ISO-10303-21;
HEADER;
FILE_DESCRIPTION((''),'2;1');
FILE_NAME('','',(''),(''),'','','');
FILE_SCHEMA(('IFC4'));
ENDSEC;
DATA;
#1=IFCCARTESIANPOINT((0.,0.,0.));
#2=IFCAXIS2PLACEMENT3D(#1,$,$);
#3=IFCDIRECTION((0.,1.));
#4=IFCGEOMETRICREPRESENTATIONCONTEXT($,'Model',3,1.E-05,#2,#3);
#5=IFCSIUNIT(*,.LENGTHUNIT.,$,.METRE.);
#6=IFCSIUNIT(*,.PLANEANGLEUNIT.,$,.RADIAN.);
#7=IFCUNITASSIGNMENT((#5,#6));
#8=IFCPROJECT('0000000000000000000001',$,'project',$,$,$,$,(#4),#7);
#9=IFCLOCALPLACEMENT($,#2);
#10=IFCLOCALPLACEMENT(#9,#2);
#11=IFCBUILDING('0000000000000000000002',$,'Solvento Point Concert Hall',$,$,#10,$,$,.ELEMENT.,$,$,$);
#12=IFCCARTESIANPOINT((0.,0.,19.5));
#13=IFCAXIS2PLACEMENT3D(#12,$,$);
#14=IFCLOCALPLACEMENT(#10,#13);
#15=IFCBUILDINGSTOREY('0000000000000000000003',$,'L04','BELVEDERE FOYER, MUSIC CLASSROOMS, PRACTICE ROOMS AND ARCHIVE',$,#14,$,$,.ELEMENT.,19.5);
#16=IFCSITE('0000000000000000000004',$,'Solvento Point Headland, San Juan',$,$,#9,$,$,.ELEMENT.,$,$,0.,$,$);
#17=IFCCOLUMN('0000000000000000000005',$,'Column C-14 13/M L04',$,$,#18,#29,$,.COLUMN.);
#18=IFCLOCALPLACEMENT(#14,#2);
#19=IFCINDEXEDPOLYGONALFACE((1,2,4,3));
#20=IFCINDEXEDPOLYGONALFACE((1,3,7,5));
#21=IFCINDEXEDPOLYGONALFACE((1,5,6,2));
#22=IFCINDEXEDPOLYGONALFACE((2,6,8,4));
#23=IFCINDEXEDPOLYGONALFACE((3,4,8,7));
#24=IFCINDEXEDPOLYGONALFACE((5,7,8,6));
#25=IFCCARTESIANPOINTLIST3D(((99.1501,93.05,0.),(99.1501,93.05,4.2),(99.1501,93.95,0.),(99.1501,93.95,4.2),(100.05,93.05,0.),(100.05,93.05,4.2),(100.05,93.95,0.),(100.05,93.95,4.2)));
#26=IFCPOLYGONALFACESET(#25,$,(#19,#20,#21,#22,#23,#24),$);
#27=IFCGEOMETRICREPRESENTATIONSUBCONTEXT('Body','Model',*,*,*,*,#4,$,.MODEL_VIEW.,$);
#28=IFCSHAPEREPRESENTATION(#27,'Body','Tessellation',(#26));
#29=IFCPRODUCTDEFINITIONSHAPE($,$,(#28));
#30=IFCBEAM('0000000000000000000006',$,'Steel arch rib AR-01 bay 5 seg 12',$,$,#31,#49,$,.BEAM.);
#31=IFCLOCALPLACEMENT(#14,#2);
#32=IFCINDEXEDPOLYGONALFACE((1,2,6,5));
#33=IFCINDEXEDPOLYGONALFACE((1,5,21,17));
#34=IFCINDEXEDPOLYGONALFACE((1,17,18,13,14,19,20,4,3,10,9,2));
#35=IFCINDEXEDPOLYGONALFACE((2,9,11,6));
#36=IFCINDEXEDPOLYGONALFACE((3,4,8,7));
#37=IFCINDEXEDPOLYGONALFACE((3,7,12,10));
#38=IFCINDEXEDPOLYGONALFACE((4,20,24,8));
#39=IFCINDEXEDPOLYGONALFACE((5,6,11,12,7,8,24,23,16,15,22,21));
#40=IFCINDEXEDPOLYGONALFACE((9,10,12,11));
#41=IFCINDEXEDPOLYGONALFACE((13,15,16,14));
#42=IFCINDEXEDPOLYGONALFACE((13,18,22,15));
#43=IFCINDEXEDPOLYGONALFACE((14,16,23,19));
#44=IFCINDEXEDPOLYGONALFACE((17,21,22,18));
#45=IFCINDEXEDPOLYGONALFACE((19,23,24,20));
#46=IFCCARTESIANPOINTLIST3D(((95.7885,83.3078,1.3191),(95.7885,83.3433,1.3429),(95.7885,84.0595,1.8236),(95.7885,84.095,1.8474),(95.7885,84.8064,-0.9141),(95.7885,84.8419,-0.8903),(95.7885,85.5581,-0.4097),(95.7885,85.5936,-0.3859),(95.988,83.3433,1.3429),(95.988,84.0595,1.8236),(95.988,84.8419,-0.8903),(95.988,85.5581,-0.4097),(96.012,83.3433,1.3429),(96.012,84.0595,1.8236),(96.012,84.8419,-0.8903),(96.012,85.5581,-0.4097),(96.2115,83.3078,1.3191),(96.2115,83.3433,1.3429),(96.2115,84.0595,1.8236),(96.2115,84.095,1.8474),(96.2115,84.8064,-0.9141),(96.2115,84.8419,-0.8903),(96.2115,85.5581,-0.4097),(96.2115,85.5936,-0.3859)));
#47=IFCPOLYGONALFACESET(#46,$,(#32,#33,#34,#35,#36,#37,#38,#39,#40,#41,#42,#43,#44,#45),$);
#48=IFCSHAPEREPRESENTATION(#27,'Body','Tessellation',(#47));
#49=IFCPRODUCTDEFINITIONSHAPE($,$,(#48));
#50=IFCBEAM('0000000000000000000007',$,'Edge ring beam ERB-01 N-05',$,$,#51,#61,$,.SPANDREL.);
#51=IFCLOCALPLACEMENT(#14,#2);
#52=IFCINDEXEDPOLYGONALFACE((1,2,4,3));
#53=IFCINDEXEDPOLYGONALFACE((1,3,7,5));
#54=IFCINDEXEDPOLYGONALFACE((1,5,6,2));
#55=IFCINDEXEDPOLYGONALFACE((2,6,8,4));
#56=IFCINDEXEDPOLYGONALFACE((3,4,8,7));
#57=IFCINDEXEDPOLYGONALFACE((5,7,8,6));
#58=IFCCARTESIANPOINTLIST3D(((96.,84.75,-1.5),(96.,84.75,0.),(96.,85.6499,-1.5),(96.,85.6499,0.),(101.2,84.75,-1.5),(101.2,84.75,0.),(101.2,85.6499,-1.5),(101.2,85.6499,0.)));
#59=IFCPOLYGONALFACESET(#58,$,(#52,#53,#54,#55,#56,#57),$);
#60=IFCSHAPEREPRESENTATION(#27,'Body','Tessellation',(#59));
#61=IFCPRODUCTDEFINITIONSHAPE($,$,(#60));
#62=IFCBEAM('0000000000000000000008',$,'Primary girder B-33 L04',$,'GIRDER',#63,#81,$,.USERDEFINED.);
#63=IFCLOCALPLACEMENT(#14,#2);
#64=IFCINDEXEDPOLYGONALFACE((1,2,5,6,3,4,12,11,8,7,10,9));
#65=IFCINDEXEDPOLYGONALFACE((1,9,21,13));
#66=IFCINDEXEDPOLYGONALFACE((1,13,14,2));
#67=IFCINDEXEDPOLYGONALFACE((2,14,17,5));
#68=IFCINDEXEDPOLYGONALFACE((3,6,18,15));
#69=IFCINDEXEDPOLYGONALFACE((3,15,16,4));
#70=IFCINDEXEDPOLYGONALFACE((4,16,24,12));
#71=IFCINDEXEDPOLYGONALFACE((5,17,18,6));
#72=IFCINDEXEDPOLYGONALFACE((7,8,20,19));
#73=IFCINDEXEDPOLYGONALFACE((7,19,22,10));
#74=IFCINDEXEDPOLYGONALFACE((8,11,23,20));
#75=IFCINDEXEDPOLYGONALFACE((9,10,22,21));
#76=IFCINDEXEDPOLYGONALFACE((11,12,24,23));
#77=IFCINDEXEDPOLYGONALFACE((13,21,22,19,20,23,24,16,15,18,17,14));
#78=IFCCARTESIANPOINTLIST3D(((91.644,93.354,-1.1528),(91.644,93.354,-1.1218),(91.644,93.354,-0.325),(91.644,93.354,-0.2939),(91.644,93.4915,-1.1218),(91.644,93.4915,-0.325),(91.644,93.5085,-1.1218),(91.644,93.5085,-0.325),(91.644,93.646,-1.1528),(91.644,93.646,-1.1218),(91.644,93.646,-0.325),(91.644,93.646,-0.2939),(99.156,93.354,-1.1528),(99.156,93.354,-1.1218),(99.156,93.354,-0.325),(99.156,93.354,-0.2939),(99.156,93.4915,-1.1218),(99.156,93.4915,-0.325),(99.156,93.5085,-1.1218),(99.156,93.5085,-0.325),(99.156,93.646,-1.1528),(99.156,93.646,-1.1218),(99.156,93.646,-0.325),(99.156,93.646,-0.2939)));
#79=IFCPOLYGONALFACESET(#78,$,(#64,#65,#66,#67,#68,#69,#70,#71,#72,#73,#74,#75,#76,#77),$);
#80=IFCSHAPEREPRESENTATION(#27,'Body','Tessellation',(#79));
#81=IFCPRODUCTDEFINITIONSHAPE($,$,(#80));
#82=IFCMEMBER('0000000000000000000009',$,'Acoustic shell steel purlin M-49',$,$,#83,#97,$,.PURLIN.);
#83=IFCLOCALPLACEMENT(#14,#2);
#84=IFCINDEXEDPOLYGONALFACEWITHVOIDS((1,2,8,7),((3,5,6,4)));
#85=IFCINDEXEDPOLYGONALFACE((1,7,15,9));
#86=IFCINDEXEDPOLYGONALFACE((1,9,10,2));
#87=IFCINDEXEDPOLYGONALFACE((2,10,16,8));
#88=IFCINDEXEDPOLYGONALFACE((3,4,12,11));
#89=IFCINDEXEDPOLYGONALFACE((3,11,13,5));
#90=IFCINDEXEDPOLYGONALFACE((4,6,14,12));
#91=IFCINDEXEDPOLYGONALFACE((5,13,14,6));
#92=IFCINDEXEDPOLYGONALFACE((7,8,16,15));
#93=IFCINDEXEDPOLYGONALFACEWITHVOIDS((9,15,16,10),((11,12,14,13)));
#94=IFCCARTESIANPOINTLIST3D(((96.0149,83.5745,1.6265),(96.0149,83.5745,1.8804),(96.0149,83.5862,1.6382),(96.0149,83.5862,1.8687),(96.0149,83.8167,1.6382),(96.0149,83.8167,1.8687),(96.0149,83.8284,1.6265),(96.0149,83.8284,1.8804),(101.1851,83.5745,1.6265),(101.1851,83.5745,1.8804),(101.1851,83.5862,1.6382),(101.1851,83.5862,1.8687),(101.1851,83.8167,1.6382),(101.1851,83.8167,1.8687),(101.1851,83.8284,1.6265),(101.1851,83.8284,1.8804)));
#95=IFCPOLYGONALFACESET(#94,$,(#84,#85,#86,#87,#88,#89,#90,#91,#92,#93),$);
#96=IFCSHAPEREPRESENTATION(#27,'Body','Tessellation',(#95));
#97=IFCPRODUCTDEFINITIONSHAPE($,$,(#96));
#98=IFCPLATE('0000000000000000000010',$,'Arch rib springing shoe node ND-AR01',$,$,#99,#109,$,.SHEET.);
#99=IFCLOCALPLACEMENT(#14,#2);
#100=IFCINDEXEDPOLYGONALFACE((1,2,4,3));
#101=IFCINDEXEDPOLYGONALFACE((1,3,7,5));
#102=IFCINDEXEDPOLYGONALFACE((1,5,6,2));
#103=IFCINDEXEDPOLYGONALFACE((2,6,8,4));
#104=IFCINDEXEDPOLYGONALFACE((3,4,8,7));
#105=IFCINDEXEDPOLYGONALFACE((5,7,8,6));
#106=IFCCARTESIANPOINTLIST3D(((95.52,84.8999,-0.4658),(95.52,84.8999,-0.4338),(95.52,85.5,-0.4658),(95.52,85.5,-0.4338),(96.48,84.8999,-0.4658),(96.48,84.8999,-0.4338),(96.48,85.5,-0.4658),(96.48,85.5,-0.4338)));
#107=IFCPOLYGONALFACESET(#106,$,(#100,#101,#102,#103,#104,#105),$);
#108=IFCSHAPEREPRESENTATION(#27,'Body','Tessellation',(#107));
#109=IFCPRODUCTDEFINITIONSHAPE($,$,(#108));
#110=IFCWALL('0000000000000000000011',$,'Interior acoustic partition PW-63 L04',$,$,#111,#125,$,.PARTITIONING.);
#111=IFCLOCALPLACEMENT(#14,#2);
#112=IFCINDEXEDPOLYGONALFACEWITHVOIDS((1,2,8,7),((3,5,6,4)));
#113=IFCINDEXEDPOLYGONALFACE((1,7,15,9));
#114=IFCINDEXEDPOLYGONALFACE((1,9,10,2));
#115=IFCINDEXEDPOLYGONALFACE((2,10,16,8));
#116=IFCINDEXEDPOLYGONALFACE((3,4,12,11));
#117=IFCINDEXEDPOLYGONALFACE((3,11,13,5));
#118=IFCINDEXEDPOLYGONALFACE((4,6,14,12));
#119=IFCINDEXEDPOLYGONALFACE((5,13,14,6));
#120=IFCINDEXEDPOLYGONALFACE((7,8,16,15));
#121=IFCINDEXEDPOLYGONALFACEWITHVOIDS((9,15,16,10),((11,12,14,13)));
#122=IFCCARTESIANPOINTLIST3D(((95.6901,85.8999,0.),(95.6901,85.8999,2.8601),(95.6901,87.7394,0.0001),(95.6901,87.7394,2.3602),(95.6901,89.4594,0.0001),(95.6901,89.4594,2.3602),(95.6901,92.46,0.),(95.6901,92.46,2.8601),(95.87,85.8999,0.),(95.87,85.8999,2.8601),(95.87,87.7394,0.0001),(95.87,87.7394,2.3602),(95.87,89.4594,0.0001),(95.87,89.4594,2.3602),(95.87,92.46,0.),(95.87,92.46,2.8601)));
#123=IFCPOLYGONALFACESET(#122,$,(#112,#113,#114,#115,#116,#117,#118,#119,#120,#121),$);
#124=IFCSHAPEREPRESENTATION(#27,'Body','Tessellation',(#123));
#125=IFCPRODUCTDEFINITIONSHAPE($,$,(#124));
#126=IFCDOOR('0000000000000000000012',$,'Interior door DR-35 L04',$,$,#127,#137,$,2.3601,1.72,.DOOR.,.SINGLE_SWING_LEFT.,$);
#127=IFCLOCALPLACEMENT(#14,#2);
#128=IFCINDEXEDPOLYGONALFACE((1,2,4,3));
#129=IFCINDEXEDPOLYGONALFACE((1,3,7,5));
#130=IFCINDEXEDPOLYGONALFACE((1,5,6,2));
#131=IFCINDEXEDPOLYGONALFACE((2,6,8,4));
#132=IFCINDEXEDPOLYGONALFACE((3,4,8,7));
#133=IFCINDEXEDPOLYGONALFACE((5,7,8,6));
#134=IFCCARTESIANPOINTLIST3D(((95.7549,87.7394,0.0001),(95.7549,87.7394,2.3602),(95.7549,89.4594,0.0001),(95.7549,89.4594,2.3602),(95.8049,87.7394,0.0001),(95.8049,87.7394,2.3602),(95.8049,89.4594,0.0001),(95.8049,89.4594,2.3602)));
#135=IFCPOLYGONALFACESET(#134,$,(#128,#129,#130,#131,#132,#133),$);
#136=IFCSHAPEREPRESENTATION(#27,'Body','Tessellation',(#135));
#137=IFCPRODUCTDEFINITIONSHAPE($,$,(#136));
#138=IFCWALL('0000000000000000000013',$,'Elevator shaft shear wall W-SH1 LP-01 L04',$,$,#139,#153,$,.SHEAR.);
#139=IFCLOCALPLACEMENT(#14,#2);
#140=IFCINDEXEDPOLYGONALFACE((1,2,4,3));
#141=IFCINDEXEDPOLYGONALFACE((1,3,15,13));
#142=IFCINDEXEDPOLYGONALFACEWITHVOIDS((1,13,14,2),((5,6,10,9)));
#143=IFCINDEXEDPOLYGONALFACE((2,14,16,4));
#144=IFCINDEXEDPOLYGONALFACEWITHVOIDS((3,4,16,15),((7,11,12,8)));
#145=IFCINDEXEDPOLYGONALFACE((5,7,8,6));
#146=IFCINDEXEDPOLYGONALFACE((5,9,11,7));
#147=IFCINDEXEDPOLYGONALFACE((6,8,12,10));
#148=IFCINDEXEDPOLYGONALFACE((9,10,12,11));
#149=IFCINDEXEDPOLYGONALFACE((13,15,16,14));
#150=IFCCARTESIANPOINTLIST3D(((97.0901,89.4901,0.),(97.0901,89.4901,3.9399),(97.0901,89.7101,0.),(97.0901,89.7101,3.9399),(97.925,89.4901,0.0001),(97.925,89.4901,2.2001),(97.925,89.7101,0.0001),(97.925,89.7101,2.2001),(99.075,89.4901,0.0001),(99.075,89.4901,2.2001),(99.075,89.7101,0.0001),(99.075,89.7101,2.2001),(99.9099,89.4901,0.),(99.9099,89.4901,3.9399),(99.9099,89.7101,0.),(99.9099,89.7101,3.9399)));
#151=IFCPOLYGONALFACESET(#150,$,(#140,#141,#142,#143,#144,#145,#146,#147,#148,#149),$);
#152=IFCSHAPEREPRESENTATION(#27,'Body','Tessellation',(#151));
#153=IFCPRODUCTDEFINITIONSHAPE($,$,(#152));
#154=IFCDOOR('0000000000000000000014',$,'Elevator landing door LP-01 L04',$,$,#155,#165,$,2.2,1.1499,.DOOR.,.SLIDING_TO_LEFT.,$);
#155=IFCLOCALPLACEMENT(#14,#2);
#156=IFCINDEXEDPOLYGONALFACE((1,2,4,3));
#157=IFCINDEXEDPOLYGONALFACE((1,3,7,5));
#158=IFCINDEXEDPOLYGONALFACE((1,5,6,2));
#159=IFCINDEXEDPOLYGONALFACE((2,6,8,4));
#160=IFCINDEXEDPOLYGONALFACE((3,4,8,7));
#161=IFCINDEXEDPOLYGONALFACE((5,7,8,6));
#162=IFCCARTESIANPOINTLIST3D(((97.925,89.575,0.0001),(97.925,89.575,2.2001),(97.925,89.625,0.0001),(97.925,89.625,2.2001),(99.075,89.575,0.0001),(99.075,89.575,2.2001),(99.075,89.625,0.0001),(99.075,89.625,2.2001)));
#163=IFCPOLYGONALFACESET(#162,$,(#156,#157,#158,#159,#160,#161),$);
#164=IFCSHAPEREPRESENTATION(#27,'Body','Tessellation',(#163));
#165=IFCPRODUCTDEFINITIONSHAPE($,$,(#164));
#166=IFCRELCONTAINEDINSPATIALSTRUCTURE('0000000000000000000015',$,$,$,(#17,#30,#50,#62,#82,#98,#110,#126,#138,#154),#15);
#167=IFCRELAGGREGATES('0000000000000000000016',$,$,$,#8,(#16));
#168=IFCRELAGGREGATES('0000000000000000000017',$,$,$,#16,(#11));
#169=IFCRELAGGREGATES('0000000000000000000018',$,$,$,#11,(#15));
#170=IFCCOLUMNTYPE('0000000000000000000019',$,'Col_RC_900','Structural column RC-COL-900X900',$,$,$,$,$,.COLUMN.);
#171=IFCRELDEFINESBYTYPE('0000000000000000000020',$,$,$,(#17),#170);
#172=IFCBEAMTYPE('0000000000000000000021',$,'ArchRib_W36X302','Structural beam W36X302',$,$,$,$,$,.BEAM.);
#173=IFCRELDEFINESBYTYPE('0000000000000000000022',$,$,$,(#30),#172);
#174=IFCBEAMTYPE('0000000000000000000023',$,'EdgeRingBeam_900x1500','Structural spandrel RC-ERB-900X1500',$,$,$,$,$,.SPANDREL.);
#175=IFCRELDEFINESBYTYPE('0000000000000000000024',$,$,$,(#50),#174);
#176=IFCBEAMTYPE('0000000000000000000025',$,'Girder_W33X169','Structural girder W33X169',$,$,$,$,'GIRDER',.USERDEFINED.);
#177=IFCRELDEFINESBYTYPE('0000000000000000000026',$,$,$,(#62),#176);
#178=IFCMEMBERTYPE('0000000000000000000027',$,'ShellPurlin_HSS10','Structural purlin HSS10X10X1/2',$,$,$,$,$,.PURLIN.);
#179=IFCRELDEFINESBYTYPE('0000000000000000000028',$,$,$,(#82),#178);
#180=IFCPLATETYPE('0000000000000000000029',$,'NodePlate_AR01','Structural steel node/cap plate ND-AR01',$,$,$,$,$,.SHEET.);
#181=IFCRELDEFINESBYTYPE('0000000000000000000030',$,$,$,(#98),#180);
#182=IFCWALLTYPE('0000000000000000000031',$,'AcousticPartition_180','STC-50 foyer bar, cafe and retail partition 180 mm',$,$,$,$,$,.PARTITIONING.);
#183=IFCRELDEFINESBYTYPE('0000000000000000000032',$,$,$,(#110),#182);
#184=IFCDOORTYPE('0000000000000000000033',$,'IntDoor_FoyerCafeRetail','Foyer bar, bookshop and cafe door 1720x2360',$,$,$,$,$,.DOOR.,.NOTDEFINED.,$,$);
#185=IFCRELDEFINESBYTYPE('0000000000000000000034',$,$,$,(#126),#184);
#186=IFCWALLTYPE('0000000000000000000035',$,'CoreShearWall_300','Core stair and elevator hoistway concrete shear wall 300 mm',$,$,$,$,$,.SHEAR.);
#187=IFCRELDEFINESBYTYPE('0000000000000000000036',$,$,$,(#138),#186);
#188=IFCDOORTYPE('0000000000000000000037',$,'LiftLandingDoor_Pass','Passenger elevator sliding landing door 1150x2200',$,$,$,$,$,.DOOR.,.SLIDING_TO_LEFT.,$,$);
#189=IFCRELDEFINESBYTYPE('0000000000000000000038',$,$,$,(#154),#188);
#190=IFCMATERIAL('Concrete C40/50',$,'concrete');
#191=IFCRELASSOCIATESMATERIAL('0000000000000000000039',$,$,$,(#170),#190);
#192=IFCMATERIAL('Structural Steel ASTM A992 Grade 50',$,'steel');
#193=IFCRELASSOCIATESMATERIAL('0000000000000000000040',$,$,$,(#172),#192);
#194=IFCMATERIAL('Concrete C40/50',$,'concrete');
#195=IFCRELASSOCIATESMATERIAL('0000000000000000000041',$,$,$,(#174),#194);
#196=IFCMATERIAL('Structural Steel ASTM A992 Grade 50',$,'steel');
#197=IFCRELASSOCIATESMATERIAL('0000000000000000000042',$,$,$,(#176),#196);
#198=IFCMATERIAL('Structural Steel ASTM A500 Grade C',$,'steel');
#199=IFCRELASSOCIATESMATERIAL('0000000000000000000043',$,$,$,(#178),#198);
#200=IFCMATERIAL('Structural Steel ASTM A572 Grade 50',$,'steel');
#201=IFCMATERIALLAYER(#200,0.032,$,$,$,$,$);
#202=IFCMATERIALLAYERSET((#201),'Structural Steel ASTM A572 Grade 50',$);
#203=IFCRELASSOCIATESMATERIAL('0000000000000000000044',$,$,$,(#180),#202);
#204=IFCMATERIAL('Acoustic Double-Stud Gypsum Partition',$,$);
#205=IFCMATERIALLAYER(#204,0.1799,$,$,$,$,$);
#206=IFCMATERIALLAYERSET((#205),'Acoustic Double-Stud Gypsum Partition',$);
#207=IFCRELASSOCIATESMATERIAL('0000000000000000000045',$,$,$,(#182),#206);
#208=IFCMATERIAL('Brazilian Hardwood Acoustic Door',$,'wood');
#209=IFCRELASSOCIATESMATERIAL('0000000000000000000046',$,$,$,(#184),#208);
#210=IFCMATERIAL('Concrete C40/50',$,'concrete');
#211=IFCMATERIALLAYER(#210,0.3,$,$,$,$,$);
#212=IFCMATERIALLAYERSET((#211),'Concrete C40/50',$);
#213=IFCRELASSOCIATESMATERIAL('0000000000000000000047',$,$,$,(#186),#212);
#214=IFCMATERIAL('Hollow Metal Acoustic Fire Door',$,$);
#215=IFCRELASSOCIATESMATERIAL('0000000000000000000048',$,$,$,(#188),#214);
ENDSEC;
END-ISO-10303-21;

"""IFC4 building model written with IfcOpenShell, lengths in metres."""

from ifc_helpers import new_model, si_unit, direction, frame, frame_2d, origin, origin_2d, place, context, subcontext, project, spatial, rectangle, hollow_rectangle, i_section, extrude, material, layer, layer_set, material_profile, profile_set, type_object, element, fill, save


model = new_model("IFC4")

# Units and contexts
model_context = context("Model", 3, precision=1e-05, world=origin(), true_north=direction((0.0, 1.0)))
body_context = subcontext(model_context, "Body", "Model", "MODEL_VIEW")
ifc_project = project(units=[si_unit("LENGTHUNIT", "METRE"), si_unit("PLANEANGLEUNIT", "RADIAN")], contexts=[model_context])

# Site, building, storey
site_placement = place(None, origin())
site = spatial("IfcSite", under=ifc_project, at=site_placement, Name="Solvento Point Headland, San Juan", CompositionType="ELEMENT", RefElevation=0.0)
building_placement = place(site_placement, origin())
building = spatial("IfcBuilding", under=site, at=building_placement, Name="Solvento Point Concert Hall", CompositionType="ELEMENT")
storey_placement = place(building_placement, frame((0.0, 0.0, 19.5)))
storey = spatial("IfcBuildingStorey", under=building, at=storey_placement, Name="L04", Description="BELVEDERE FOYER, MUSIC CLASSROOMS, PRACTICE ROOMS AND ARCHIVE", CompositionType="ELEMENT", Elevation=19.5)

# Column
ifc_material_1 = material(Name="Concrete C40/50", Category="concrete")
ifc_material_profile_1 = material_profile(ifc_material_1, rectangle(XDim=0.8999, YDim=0.8999, at=origin_2d()), Name="RC-COL-900X900")
ifc_profile_set_1 = profile_set([ifc_material_profile_1], Name="Concrete C40/50")
column_type = type_object("IfcColumnType", Name="Col_RC_900", Description="Structural column RC-COL-900X900", PredefinedType="COLUMN", material=ifc_profile_set_1)
column_placement = place(storey_placement, frame((99.6001, 93.5, 0.0), z_axis=(0.0, 0.0, 1.0), x_axis=(1.0, 0.0, 0.0)))
element("IfcColumn", 1, at=column_placement, inside=storey, type_object=column_type, Name="Column C-14 13/M L04", PredefinedType="COLUMN", context=body_context, shape_type="SweptSolid", body=[
    extrude(rectangle(XDim=0.8999, YDim=0.8999, at=origin_2d()), origin(), (0.0, 0.0, 1.0), 4.2),
])

# Beams
ifc_material_2 = material(Name="Structural Steel ASTM A992 Grade 50", Category="steel")
ifc_material_profile_2 = material_profile(ifc_material_2, i_section(OverallWidth=0.4231, OverallDepth=0.948, WebThickness=0.0239, FlangeThickness=0.0427, at=origin_2d()), Name="W36X302")
ifc_profile_set_2 = profile_set([ifc_material_profile_2], Name="Structural Steel ASTM A992 Grade 50")
beam_type_1 = type_object("IfcBeamType", Name="ArchRib_W36X302", Description="Structural beam W36X302", PredefinedType="BEAM", material=ifc_profile_set_2)
beam_1_placement = place(storey_placement, frame((96.0, 83.7014, 1.5833), z_axis=(0.0, 0.557212, -0.830371), x_axis=(-1.0, 0.0, 0.0)))
element("IfcBeam", 2, at=beam_1_placement, inside=storey, type_object=beam_type_1, Name="Steel arch rib AR-01 bay 5 seg 12", PredefinedType="BEAM", context=body_context, shape_type="SweptSolid", body=[
    extrude(i_section(OverallWidth=0.4231, OverallDepth=0.948, WebThickness=0.0239, FlangeThickness=0.0427, at=origin_2d()), origin(), (0.0, 0.0, 1.0), 2.6895),
])
ifc_material_3 = material(Name="Concrete C40/50", Category="concrete")
ifc_material_profile_3 = material_profile(ifc_material_3, rectangle(XDim=0.8999, YDim=1.5, at=origin_2d()), Name="RC-ERB-900X1500")
ifc_profile_set_3 = profile_set([ifc_material_profile_3], Name="Concrete C40/50")
beam_type_2 = type_object("IfcBeamType", Name="EdgeRingBeam_900x1500", Description="Structural spandrel RC-ERB-900X1500", PredefinedType="SPANDREL", material=ifc_profile_set_3)
beam_2_placement = place(storey_placement, frame((96.0, 85.2, -0.75), z_axis=(1.0, 0.0, 0.0), x_axis=(0.0, 1.0, 0.0)))
element("IfcBeam", 3, at=beam_2_placement, inside=storey, type_object=beam_type_2, Name="Edge ring beam ERB-01 N-05", PredefinedType="SPANDREL", context=body_context, shape_type="SweptSolid", body=[
    extrude(rectangle(XDim=0.8999, YDim=1.5, at=origin_2d()), origin(), (0.0, 0.0, 1.0), 5.2),
])
ifc_material_4 = material(Name="Structural Steel ASTM A992 Grade 50", Category="steel")
ifc_material_profile_4 = material_profile(ifc_material_4, i_section(OverallWidth=0.292, OverallDepth=0.8589, WebThickness=0.0171, FlangeThickness=0.031, at=origin_2d()), Name="W33X169")
ifc_profile_set_4 = profile_set([ifc_material_profile_4], Name="Structural Steel ASTM A992 Grade 50")
beam_type_3 = type_object("IfcBeamType", Name="Girder_W33X169", Description="Structural girder W33X169", ElementType="GIRDER", PredefinedType="USERDEFINED", material=ifc_profile_set_4)
beam_3_placement = place(storey_placement, frame((91.644, 93.5, -0.7234), z_axis=(1.0, 0.0, 0.0), x_axis=(0.0, 1.0, 0.0)))
element("IfcBeam", 4, at=beam_3_placement, inside=storey, type_object=beam_type_3, Name="Primary girder B-33 L04", ObjectType="GIRDER", PredefinedType="USERDEFINED", context=body_context, shape_type="SweptSolid", body=[
    extrude(i_section(OverallWidth=0.292, OverallDepth=0.8589, WebThickness=0.0171, FlangeThickness=0.031, at=origin_2d()), origin(), (0.0, 0.0, 1.0), 7.512),
])

# Member
ifc_material_5 = material(Name="Structural Steel ASTM A500 Grade C", Category="steel")
ifc_material_profile_5 = material_profile(ifc_material_5, hollow_rectangle(XDim=0.2539, YDim=0.2539, WallThickness=0.0117, at=origin_2d()), Name="HSS10X10X1/2")
ifc_profile_set_5 = profile_set([ifc_material_profile_5], Name="Structural Steel ASTM A500 Grade C")
member_type = type_object("IfcMemberType", Name="ShellPurlin_HSS10", Description="Structural purlin HSS10X10X1/2", PredefinedType="PURLIN", material=ifc_profile_set_5)
member_placement = place(storey_placement, frame((96.0149, 83.7014, 1.7534), z_axis=(1.0, 0.0, 0.0), x_axis=(0.0, 1.0, 0.0)))
element("IfcMember", 5, at=member_placement, inside=storey, type_object=member_type, Name="Acoustic shell steel purlin M-49", PredefinedType="PURLIN", context=body_context, shape_type="SweptSolid", body=[
    extrude(hollow_rectangle(XDim=0.2539, YDim=0.2539, WallThickness=0.0117, at=origin_2d()), origin(), (0.0, 0.0, 1.0), 5.1702),
])

# Plate
ifc_material_6 = material(Name="Structural Steel ASTM A572 Grade 50", Category="steel")
ifc_layer_1 = layer(ifc_material_6, 0.032)
ifc_layer_set_1 = layer_set([ifc_layer_1], Name="Structural Steel ASTM A572 Grade 50")
plate_type = type_object("IfcPlateType", Name="NodePlate_AR01", Description="Structural steel node/cap plate ND-AR01", PredefinedType="SHEET", material=ifc_layer_set_1)
plate_placement = place(storey_placement, frame((96.0, 85.2, -0.4658), z_axis=(0.0, 0.0, 1.0), x_axis=(1.0, 0.0, 0.0)))
element("IfcPlate", 6, at=plate_placement, inside=storey, type_object=plate_type, Name="Arch rib springing shoe node ND-AR01", PredefinedType="SHEET", context=body_context, shape_type="SweptSolid", body=[
    extrude(rectangle(XDim=0.96, YDim=0.6001, at=origin_2d()), origin(), (0.0, 0.0, 1.0), 0.032),
])

# Walls, openings, doors
ifc_material_7 = material(Name="Acoustic Double-Stud Gypsum Partition")
ifc_layer_2 = layer(ifc_material_7, 0.1799)
ifc_layer_set_2 = layer_set([ifc_layer_2], Name="Acoustic Double-Stud Gypsum Partition")
wall_type_1 = type_object("IfcWallType", Name="AcousticPartition_180", Description="STC-50 foyer bar, cafe and retail partition 180 mm", PredefinedType="PARTITIONING", material=ifc_layer_set_2)
wall_1_placement = place(storey_placement, frame((95.78, 92.46, 0.0), z_axis=(0.0, 0.0, 1.0), x_axis=(0.0, -1.0, 0.0)))
wall_1 = element("IfcWall", 7, at=wall_1_placement, inside=storey, type_object=wall_type_1, Name="Interior acoustic partition PW-63 L04", PredefinedType="PARTITIONING", context=body_context, shape_type="SweptSolid", body=[
    extrude(rectangle(XDim=6.5601, YDim=0.1799, at=frame_2d((3.28, 0.0))), origin(), (0.0, 0.0, 1.0), 2.8601),
])
opening_1_placement = place(wall_1_placement, frame((3.0007, 0.0, 0.0)))
opening_1 = element("IfcOpeningElement", 8, at=opening_1_placement, cuts=wall_1, PredefinedType="OPENING", context=body_context, shape_type="SweptSolid", body=[
    extrude(rectangle(XDim=1.72, YDim=2.3601, at=frame_2d((0.8599, 1.1802))), frame((0.0, 0.0999, 0.0), z_axis=(0.0, -1.0, 0.0), x_axis=(1.0, 0.0, 0.0)), (0.0, 0.0, 1.0), 0.2),
])
ifc_material_8 = material(Name="Brazilian Hardwood Acoustic Door", Category="wood")
door_type_1 = type_object("IfcDoorType", Name="IntDoor_FoyerCafeRetail", Description="Foyer bar, bookshop and cafe door 1720x2360", OperationType="NOTDEFINED", PredefinedType="DOOR", material=ifc_material_8)
door_1_placement = place(opening_1_placement, origin())
door_1 = element("IfcDoor", 9, at=door_1_placement, inside=storey, type_object=door_type_1, Name="Interior door DR-35 L04", OperationType="SINGLE_SWING_LEFT", OverallHeight=2.3601, OverallWidth=1.72, PredefinedType="DOOR", context=body_context, shape_type="SweptSolid", body=[
    extrude(rectangle(XDim=1.72, YDim=2.3601, at=frame_2d((0.8599, 1.1802))), frame((0.0, 0.0249, 0.0), z_axis=(0.0, -1.0, 0.0), x_axis=(1.0, 0.0, 0.0)), (0.0, 0.0, 1.0), 0.05),
])
fill(opening_1, door_1)
ifc_material_9 = material(Name="Concrete C40/50", Category="concrete")
ifc_layer_3 = layer(ifc_material_9, 0.3)
ifc_layer_set_3 = layer_set([ifc_layer_3], Name="Concrete C40/50")
wall_type_2 = type_object("IfcWallType", Name="CoreShearWall_300", Description="Core stair and elevator hoistway concrete shear wall 300 mm", PredefinedType="SHEAR", material=ifc_layer_set_3)
wall_2_placement = place(storey_placement, frame((97.0901, 89.6001, 0.0), z_axis=(0.0, 0.0, 1.0), x_axis=(1.0, 0.0, 0.0)))
wall_2 = element("IfcWall", 10, at=wall_2_placement, inside=storey, type_object=wall_type_2, Name="Elevator shaft shear wall W-SH1 LP-01 L04", PredefinedType="SHEAR", context=body_context, shape_type="SweptSolid", body=[
    extrude(rectangle(XDim=2.8198, YDim=0.22, at=frame_2d((1.4099, 0.0))), origin(), (0.0, 0.0, 1.0), 3.9399),
])
opening_2_placement = place(wall_2_placement, frame((0.835, 0.0, 0.0)))
opening_2 = element("IfcOpeningElement", 11, at=opening_2_placement, cuts=wall_2, PredefinedType="OPENING", context=body_context, shape_type="SweptSolid", body=[
    extrude(rectangle(XDim=1.1499, YDim=2.2, at=frame_2d((0.575, 1.1001))), frame((0.0, 0.1199, 0.0), z_axis=(0.0, -1.0, 0.0), x_axis=(1.0, 0.0, 0.0)), (0.0, 0.0, 1.0), 0.24),
])
ifc_material_10 = material(Name="Hollow Metal Acoustic Fire Door")
door_type_2 = type_object("IfcDoorType", Name="LiftLandingDoor_Pass", Description="Passenger elevator sliding landing door 1150x2200", OperationType="SLIDING_TO_LEFT", PredefinedType="DOOR", material=ifc_material_10)
door_2_placement = place(opening_2_placement, origin())
door_2 = element("IfcDoor", 12, at=door_2_placement, inside=storey, type_object=door_type_2, Name="Elevator landing door LP-01 L04", OperationType="SLIDING_TO_LEFT", OverallHeight=2.2, OverallWidth=1.1499, PredefinedType="DOOR", context=body_context, shape_type="SweptSolid", body=[
    extrude(rectangle(XDim=1.1499, YDim=2.2, at=frame_2d((0.575, 1.1001))), frame((0.0, 0.0249, 0.0), z_axis=(0.0, -1.0, 0.0), x_axis=(1.0, 0.0, 0.0)), (0.0, 0.0, 1.0), 0.05),
])
fill(opening_2, door_2)

save(model, "model.ifc")
